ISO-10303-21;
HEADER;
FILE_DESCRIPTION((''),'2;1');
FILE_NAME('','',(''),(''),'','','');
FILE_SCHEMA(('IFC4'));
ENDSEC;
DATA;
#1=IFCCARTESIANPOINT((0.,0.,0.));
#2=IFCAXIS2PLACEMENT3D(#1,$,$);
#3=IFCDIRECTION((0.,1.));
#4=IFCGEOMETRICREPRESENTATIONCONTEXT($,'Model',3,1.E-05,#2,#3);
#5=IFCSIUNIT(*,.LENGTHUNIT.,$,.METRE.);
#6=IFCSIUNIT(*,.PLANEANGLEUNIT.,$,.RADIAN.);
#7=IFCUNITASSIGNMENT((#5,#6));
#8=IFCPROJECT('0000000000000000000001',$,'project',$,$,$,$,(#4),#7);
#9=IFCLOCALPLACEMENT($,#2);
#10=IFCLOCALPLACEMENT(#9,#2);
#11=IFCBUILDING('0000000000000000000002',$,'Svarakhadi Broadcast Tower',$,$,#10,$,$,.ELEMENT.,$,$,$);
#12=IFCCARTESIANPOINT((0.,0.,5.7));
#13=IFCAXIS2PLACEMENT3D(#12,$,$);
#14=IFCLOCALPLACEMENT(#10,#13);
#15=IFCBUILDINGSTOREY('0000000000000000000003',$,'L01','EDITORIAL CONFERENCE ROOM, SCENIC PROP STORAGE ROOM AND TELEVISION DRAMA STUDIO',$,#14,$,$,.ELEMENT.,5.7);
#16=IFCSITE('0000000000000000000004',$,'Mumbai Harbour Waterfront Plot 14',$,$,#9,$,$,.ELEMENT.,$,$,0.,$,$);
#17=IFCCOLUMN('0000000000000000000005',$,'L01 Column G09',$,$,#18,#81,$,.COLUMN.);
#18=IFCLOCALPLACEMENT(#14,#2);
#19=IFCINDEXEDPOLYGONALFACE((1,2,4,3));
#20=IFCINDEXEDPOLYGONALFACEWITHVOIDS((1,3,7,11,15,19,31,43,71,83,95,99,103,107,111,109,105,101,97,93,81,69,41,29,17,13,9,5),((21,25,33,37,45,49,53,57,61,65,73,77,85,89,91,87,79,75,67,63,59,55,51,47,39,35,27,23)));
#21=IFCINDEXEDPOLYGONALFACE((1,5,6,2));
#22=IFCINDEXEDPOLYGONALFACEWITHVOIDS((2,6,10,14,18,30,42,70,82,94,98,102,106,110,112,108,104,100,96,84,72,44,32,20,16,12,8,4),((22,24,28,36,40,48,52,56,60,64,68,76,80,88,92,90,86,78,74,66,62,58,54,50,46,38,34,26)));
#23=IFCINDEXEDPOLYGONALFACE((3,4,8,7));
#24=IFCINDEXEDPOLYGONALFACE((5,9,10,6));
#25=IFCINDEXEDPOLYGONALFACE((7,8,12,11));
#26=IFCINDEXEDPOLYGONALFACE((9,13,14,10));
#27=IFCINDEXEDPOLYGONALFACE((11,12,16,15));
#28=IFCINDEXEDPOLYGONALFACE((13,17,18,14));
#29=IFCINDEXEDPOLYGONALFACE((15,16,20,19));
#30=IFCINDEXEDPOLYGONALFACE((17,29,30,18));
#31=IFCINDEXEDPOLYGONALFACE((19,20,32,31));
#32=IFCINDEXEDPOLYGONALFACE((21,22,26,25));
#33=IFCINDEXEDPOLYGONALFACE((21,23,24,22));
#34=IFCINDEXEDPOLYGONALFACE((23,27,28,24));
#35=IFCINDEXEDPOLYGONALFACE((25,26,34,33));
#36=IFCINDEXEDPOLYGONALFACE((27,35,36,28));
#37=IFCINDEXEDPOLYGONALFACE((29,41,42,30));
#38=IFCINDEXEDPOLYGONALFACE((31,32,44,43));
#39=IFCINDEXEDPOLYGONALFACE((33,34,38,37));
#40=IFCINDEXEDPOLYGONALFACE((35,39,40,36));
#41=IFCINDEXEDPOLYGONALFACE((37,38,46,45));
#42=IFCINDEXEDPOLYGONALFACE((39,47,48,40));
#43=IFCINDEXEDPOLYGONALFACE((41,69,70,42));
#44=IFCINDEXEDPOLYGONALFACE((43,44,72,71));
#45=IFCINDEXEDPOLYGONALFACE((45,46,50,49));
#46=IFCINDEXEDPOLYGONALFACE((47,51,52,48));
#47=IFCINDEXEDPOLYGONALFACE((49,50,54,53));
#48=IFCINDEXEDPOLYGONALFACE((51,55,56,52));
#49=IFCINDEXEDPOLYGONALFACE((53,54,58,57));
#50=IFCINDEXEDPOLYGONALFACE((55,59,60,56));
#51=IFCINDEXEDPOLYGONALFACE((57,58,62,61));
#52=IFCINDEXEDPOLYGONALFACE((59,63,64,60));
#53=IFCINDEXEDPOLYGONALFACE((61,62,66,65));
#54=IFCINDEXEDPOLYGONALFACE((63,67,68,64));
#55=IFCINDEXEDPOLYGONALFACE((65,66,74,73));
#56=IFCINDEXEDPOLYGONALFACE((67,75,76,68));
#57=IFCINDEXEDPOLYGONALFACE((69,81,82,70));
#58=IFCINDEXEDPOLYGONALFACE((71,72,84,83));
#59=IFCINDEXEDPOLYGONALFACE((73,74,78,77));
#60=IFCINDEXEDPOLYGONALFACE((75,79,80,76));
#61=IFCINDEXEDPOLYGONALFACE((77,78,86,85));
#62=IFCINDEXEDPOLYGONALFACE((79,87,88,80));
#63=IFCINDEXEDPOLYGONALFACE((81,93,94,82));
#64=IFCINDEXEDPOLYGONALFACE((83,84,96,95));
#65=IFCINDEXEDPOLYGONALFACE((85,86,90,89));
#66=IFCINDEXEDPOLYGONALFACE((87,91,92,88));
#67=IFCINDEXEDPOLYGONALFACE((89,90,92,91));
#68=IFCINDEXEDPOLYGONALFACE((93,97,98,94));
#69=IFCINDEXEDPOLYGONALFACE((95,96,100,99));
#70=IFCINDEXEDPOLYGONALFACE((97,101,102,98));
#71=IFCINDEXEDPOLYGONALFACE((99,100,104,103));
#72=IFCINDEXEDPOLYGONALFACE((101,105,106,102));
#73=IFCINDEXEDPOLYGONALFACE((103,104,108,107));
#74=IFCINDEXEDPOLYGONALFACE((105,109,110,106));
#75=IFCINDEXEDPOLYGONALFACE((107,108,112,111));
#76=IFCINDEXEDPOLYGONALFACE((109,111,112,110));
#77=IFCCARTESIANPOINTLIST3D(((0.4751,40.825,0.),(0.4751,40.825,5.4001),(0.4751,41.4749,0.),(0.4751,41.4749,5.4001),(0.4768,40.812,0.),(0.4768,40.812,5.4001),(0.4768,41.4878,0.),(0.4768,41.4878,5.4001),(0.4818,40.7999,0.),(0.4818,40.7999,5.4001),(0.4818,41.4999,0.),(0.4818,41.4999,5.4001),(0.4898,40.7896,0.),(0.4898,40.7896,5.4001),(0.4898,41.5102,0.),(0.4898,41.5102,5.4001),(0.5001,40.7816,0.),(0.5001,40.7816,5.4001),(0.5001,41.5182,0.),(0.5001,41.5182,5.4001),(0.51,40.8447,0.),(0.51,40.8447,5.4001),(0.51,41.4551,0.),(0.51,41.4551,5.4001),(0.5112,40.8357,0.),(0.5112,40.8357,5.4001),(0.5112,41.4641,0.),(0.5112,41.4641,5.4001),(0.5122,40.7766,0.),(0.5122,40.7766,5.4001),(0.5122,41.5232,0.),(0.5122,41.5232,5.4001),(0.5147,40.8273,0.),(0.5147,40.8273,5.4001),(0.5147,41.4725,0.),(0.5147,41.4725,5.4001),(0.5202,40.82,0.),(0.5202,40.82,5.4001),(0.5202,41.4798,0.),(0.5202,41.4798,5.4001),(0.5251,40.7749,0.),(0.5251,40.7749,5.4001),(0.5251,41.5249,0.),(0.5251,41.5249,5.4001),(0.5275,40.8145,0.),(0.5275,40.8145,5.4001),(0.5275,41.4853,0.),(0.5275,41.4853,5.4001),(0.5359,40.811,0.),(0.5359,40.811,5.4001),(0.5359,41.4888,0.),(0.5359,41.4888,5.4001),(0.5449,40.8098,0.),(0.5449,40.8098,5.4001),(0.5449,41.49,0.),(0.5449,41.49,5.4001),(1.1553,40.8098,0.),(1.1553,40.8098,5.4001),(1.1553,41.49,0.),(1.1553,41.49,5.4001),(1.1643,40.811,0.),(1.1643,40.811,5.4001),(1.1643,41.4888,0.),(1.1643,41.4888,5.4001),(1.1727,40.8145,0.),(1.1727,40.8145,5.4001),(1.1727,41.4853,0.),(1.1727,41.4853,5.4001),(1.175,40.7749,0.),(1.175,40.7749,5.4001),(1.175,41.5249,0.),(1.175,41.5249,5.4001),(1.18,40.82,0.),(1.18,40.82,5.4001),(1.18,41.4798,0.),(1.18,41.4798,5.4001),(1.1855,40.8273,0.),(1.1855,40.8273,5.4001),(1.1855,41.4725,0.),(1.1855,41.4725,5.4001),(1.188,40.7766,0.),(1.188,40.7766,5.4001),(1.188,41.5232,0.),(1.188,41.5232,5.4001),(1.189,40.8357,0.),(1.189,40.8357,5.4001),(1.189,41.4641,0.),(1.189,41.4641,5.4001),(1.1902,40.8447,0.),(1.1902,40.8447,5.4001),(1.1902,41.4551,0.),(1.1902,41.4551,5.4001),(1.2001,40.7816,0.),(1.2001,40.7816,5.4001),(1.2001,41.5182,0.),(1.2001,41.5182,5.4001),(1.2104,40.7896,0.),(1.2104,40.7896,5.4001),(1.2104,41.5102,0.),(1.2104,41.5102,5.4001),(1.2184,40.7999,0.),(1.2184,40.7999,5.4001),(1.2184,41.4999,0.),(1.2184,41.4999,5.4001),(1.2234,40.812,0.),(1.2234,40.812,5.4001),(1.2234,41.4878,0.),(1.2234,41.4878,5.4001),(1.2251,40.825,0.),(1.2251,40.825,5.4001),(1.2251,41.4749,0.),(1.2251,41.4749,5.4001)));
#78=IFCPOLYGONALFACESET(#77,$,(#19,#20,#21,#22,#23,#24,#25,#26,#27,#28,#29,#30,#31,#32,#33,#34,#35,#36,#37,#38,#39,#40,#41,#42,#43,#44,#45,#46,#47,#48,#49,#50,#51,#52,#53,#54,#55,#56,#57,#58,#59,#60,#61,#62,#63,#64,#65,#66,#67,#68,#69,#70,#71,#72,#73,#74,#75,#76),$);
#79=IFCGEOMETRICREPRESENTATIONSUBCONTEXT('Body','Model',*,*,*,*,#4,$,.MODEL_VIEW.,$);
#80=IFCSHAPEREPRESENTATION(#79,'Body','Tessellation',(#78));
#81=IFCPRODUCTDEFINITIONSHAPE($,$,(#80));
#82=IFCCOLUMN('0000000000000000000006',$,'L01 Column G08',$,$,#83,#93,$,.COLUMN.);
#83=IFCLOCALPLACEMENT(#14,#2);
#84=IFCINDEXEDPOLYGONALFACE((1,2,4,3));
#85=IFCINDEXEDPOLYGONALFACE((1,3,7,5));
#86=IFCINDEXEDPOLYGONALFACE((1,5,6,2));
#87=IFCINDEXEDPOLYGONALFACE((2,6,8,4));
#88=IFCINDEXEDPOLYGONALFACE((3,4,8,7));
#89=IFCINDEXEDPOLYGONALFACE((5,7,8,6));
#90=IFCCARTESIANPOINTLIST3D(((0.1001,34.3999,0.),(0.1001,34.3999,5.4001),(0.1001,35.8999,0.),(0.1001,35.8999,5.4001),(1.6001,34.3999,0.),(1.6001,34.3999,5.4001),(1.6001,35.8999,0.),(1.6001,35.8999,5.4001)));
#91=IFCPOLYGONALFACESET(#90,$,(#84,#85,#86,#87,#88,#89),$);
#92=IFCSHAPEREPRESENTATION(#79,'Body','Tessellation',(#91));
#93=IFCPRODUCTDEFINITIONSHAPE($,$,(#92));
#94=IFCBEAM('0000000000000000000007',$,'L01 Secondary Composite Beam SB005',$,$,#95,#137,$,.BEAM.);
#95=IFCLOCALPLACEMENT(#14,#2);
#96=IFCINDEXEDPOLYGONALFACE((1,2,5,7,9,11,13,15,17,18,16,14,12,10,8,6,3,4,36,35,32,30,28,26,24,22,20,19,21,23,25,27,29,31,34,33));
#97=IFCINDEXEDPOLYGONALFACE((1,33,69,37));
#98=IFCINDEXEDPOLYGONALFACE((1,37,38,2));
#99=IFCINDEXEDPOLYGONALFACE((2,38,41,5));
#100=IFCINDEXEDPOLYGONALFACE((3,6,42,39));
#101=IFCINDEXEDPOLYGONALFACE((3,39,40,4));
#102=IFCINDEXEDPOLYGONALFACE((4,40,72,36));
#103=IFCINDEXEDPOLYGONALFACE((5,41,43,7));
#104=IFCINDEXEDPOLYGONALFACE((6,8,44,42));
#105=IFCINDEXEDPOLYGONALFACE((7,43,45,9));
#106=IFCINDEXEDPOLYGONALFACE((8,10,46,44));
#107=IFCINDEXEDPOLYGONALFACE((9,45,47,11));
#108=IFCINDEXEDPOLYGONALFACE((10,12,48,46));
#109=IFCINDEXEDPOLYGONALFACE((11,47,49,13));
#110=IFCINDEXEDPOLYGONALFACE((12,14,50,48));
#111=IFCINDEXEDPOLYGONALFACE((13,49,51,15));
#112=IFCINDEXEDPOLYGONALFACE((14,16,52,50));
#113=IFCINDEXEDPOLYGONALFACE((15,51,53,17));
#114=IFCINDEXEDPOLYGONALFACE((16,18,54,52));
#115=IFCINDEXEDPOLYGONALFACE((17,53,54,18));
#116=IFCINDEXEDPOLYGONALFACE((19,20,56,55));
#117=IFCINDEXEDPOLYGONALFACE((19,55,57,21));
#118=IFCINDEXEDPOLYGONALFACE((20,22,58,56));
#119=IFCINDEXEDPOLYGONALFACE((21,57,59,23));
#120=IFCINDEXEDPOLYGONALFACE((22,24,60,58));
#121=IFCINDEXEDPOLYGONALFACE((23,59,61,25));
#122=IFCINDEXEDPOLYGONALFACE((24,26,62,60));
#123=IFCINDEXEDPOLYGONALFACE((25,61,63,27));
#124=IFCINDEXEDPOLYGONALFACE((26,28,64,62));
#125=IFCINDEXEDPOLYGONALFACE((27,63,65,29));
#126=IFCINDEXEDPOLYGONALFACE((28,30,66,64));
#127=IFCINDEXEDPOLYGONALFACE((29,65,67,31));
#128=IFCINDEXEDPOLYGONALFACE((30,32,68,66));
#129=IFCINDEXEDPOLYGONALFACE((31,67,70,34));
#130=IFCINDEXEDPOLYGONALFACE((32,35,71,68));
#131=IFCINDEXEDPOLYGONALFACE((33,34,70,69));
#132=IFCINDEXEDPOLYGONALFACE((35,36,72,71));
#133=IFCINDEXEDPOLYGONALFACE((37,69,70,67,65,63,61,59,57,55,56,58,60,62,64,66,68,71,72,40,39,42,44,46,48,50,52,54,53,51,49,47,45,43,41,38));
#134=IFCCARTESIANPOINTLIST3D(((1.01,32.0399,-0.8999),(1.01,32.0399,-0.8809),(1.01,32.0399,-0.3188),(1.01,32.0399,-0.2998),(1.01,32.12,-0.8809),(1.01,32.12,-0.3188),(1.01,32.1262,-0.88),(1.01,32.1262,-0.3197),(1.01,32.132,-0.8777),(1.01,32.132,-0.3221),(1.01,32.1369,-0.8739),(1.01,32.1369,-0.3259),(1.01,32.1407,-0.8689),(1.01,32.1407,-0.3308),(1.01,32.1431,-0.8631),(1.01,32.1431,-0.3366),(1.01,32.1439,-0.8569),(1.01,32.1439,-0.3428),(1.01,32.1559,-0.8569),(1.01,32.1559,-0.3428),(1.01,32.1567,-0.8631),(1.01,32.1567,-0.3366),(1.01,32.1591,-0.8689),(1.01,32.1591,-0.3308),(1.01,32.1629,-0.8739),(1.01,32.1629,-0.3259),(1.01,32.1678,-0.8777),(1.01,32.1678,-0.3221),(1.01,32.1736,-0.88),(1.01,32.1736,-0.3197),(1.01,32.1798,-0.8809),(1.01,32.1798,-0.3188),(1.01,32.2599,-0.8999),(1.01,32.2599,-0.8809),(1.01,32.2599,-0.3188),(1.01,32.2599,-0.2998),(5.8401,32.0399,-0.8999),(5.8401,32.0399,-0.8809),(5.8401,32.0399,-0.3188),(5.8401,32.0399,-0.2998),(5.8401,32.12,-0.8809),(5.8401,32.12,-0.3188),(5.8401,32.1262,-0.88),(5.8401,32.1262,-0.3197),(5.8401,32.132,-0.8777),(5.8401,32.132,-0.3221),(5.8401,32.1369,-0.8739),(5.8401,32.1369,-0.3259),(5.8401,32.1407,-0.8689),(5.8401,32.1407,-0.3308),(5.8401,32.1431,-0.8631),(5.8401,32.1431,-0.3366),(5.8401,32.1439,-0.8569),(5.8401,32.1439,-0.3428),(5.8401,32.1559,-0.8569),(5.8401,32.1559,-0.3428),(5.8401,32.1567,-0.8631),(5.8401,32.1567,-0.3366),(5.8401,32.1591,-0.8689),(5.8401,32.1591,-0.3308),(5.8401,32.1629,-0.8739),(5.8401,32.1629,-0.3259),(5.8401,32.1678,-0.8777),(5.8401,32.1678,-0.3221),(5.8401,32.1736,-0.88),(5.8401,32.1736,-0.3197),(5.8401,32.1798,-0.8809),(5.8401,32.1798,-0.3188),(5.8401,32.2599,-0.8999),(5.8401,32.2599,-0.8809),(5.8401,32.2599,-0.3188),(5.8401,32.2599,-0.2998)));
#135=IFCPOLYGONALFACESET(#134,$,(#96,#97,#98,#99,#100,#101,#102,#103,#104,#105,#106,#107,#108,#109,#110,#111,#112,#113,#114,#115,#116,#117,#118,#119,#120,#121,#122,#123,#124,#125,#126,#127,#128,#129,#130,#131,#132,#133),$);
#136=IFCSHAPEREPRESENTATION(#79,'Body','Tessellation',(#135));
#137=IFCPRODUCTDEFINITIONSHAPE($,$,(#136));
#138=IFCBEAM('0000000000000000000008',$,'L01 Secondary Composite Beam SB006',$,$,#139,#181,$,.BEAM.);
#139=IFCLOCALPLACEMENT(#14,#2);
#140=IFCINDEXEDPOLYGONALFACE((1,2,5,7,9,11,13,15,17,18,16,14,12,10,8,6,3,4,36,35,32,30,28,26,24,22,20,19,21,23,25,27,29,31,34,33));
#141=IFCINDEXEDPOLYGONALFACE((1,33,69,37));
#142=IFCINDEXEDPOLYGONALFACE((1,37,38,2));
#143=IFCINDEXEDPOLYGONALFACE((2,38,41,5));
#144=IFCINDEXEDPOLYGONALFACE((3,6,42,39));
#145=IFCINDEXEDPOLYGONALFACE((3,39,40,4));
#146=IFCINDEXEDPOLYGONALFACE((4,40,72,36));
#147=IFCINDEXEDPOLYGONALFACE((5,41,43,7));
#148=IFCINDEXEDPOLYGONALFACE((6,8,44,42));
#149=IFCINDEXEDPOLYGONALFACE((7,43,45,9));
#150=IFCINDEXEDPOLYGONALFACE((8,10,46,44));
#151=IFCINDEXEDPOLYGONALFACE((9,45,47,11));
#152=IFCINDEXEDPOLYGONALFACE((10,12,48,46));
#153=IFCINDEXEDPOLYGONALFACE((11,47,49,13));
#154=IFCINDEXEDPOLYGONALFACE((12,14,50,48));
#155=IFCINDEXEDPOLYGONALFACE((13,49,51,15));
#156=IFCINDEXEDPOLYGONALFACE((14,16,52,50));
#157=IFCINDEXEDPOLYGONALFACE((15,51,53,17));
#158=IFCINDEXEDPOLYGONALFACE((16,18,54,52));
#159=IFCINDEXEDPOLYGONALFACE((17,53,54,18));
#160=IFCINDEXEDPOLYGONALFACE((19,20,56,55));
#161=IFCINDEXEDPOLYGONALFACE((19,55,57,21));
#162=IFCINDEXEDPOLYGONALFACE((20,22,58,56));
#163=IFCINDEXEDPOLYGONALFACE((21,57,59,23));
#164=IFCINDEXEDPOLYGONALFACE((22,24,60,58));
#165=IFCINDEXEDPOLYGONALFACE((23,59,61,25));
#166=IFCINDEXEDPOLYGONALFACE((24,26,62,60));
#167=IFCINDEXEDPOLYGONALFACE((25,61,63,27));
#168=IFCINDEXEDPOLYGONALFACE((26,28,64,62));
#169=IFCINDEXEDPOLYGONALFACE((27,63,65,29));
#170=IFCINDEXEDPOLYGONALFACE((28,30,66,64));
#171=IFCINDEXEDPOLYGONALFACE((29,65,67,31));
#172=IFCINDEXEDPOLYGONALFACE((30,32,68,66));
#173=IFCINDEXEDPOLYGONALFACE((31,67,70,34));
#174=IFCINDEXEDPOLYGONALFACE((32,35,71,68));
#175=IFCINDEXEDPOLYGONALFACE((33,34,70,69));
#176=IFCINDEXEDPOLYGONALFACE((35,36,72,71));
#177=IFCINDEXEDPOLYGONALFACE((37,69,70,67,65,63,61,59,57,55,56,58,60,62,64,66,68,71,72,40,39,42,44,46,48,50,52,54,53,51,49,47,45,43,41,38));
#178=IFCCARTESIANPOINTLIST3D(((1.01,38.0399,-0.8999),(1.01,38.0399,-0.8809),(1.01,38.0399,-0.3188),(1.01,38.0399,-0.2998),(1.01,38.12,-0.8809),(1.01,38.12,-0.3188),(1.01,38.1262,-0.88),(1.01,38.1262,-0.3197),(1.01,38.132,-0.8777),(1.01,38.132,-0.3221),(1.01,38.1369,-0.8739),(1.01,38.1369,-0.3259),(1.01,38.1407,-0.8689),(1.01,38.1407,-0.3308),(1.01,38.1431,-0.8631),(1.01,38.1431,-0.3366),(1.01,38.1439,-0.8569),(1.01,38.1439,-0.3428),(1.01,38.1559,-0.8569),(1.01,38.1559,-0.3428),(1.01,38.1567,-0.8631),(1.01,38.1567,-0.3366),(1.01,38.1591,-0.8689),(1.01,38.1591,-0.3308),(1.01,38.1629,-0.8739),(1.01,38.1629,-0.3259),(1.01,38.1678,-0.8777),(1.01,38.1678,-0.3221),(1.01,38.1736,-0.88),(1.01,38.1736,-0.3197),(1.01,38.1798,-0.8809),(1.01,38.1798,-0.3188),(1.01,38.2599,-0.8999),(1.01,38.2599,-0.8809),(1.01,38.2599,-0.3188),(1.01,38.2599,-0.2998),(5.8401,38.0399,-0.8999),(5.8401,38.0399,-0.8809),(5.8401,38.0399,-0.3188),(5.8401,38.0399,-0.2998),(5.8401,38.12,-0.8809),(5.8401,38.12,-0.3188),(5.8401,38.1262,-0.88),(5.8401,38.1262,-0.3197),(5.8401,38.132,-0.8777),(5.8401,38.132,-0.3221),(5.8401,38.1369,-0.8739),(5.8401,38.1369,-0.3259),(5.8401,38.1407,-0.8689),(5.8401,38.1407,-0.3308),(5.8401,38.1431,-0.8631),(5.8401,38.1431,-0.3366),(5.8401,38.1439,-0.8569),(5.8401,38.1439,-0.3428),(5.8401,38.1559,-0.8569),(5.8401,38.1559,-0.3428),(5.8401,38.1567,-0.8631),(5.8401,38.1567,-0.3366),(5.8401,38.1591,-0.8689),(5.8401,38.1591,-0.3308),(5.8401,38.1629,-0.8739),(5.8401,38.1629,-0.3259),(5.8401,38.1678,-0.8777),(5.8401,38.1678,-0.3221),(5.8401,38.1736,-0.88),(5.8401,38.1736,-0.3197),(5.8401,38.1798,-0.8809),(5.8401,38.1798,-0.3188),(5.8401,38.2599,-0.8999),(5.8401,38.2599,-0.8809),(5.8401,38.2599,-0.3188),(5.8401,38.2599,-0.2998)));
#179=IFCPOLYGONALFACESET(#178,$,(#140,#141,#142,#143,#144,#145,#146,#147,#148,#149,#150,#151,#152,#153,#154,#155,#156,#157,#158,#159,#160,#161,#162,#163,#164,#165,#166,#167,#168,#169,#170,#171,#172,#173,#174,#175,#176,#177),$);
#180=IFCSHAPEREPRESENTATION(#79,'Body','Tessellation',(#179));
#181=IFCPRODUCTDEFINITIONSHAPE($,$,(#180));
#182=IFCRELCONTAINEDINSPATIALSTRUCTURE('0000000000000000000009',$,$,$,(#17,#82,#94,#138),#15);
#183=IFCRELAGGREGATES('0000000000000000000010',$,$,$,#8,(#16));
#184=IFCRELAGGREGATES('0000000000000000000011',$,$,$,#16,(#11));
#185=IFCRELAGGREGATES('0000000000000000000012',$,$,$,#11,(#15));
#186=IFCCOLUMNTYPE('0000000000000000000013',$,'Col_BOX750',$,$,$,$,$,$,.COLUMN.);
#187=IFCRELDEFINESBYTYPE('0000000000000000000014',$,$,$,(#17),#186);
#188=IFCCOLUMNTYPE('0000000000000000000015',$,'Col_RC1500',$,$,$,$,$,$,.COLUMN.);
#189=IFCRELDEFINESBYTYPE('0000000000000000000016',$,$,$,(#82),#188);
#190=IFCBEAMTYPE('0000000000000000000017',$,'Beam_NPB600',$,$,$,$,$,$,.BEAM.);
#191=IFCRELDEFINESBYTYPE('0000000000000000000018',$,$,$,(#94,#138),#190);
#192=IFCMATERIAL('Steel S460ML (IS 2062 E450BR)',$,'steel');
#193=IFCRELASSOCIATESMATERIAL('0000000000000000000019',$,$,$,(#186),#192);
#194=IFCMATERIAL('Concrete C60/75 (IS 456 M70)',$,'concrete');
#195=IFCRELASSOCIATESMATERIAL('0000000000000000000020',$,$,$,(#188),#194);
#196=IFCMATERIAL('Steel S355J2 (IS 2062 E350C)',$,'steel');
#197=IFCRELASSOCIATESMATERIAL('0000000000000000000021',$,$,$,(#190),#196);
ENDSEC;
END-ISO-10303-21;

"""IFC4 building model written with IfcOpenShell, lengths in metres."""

from ifc_helpers import new_model, si_unit, direction, frame, origin, origin_2d, place, context, subcontext, project, spatial, rectangle, hollow_rectangle, i_section, extrude, material, material_profile, profile_set, type_object, element, save


model = new_model("IFC4")

# Units and contexts
model_context = context("Model", 3, precision=1e-05, world=origin(), true_north=direction((0.0, 1.0)))
body_context = subcontext(model_context, "Body", "Model", "MODEL_VIEW")
ifc_project = project(units=[si_unit("LENGTHUNIT", "METRE"), si_unit("PLANEANGLEUNIT", "RADIAN")], contexts=[model_context])

# Site, building, storey
site_placement = place(None, origin())
site = spatial("IfcSite", under=ifc_project, at=site_placement, Name="Mumbai Harbour Waterfront Plot 14", CompositionType="ELEMENT", RefElevation=0.0)
building_placement = place(site_placement, origin())
building = spatial("IfcBuilding", under=site, at=building_placement, Name="Svarakhadi Broadcast Tower", CompositionType="ELEMENT")
storey_placement = place(building_placement, frame((0.0, 0.0, 5.7)))
storey = spatial("IfcBuildingStorey", under=building, at=storey_placement, Name="L01", Description="EDITORIAL CONFERENCE ROOM, SCENIC PROP STORAGE ROOM AND TELEVISION DRAMA STUDIO", CompositionType="ELEMENT", Elevation=5.7)

# Columns
ifc_material_1 = material(Name="Steel S460ML (IS 2062 E450BR)", Category="steel")
ifc_material_profile_1 = material_profile(ifc_material_1, hollow_rectangle(XDim=0.75, YDim=0.75, WallThickness=0.0349, InnerFilletRadius=0.0349, OuterFilletRadius=0.05, at=origin_2d()), Name="BOX 750x750x35")
ifc_profile_set_1 = profile_set([ifc_material_profile_1], Name="Steel S460ML (IS 2062 E450BR)")
column_type_1 = type_object("IfcColumnType", Name="Col_BOX750", PredefinedType="COLUMN", material=ifc_profile_set_1)
column_1_placement = place(storey_placement, frame((0.8501, 41.1499, 0.0), z_axis=(0.0, 0.0, 1.0), x_axis=(1.0, 0.0, 0.0)))
element("IfcColumn", 1, at=column_1_placement, inside=storey, type_object=column_type_1, Name="L01 Column G09", PredefinedType="COLUMN", context=body_context, shape_type="SweptSolid", body=[
    extrude(hollow_rectangle(XDim=0.75, YDim=0.75, WallThickness=0.0349, InnerFilletRadius=0.0349, OuterFilletRadius=0.05, at=origin_2d()), origin(), (0.0, 0.0, 1.0), 5.4001),
])
ifc_material_2 = material(Name="Concrete C60/75 (IS 456 M70)", Category="concrete")
ifc_material_profile_2 = material_profile(ifc_material_2, rectangle(XDim=1.5, YDim=1.5, at=origin_2d()), Name="RC 1500x1500")
ifc_profile_set_2 = profile_set([ifc_material_profile_2], Name="Concrete C60/75 (IS 456 M70)")
column_type_2 = type_object("IfcColumnType", Name="Col_RC1500", PredefinedType="COLUMN", material=ifc_profile_set_2)
column_2_placement = place(storey_placement, frame((0.8501, 35.1499, 0.0), z_axis=(0.0, 0.0, 1.0), x_axis=(1.0, 0.0, 0.0)))
element("IfcColumn", 2, at=column_2_placement, inside=storey, type_object=column_type_2, Name="L01 Column G08", PredefinedType="COLUMN", context=body_context, shape_type="SweptSolid", body=[
    extrude(rectangle(XDim=1.5, YDim=1.5, at=origin_2d()), origin(), (0.0, 0.0, 1.0), 5.4001),
])

# Beams
ifc_material_3 = material(Name="Steel S355J2 (IS 2062 E350C)", Category="steel")
ifc_material_profile_3 = material_profile(ifc_material_3, i_section(OverallWidth=0.22, OverallDepth=0.6001, WebThickness=0.012, FlangeThickness=0.019, FilletRadius=0.0239, at=origin_2d()), Name="NPB 600x220x122")
ifc_profile_set_3 = profile_set([ifc_material_profile_3], Name="Steel S355J2 (IS 2062 E350C)")
beam_type_1 = type_object("IfcBeamType", Name="Beam_NPB600", PredefinedType="BEAM", material=ifc_profile_set_3)
for number, where, z_axis, x_axis, name in (
    (3, (1.01, 32.1499, -0.5999), (1.0, 0.0, 0.0), (0.0, 1.0, 0.0), "L01 Secondary Composite Beam SB005"),
    (4, (1.01, 38.1499, -0.5999), (1.0, 0.0, 0.0), (0.0, 1.0, 0.0), "L01 Secondary Composite Beam SB006"),
):
    element("IfcBeam", number, at=place(storey_placement, frame(where, z_axis=z_axis, x_axis=x_axis)), inside=storey, type_object=beam_type_1, Name=name, PredefinedType="BEAM", context=body_context, shape_type="SweptSolid", body=[
        extrude(i_section(OverallWidth=0.22, OverallDepth=0.6001, WebThickness=0.012, FlangeThickness=0.019, FilletRadius=0.0239, at=origin_2d()), origin(), (0.0, 0.0, 1.0), 4.8301),
    ])

save(model, "model.ifc")
